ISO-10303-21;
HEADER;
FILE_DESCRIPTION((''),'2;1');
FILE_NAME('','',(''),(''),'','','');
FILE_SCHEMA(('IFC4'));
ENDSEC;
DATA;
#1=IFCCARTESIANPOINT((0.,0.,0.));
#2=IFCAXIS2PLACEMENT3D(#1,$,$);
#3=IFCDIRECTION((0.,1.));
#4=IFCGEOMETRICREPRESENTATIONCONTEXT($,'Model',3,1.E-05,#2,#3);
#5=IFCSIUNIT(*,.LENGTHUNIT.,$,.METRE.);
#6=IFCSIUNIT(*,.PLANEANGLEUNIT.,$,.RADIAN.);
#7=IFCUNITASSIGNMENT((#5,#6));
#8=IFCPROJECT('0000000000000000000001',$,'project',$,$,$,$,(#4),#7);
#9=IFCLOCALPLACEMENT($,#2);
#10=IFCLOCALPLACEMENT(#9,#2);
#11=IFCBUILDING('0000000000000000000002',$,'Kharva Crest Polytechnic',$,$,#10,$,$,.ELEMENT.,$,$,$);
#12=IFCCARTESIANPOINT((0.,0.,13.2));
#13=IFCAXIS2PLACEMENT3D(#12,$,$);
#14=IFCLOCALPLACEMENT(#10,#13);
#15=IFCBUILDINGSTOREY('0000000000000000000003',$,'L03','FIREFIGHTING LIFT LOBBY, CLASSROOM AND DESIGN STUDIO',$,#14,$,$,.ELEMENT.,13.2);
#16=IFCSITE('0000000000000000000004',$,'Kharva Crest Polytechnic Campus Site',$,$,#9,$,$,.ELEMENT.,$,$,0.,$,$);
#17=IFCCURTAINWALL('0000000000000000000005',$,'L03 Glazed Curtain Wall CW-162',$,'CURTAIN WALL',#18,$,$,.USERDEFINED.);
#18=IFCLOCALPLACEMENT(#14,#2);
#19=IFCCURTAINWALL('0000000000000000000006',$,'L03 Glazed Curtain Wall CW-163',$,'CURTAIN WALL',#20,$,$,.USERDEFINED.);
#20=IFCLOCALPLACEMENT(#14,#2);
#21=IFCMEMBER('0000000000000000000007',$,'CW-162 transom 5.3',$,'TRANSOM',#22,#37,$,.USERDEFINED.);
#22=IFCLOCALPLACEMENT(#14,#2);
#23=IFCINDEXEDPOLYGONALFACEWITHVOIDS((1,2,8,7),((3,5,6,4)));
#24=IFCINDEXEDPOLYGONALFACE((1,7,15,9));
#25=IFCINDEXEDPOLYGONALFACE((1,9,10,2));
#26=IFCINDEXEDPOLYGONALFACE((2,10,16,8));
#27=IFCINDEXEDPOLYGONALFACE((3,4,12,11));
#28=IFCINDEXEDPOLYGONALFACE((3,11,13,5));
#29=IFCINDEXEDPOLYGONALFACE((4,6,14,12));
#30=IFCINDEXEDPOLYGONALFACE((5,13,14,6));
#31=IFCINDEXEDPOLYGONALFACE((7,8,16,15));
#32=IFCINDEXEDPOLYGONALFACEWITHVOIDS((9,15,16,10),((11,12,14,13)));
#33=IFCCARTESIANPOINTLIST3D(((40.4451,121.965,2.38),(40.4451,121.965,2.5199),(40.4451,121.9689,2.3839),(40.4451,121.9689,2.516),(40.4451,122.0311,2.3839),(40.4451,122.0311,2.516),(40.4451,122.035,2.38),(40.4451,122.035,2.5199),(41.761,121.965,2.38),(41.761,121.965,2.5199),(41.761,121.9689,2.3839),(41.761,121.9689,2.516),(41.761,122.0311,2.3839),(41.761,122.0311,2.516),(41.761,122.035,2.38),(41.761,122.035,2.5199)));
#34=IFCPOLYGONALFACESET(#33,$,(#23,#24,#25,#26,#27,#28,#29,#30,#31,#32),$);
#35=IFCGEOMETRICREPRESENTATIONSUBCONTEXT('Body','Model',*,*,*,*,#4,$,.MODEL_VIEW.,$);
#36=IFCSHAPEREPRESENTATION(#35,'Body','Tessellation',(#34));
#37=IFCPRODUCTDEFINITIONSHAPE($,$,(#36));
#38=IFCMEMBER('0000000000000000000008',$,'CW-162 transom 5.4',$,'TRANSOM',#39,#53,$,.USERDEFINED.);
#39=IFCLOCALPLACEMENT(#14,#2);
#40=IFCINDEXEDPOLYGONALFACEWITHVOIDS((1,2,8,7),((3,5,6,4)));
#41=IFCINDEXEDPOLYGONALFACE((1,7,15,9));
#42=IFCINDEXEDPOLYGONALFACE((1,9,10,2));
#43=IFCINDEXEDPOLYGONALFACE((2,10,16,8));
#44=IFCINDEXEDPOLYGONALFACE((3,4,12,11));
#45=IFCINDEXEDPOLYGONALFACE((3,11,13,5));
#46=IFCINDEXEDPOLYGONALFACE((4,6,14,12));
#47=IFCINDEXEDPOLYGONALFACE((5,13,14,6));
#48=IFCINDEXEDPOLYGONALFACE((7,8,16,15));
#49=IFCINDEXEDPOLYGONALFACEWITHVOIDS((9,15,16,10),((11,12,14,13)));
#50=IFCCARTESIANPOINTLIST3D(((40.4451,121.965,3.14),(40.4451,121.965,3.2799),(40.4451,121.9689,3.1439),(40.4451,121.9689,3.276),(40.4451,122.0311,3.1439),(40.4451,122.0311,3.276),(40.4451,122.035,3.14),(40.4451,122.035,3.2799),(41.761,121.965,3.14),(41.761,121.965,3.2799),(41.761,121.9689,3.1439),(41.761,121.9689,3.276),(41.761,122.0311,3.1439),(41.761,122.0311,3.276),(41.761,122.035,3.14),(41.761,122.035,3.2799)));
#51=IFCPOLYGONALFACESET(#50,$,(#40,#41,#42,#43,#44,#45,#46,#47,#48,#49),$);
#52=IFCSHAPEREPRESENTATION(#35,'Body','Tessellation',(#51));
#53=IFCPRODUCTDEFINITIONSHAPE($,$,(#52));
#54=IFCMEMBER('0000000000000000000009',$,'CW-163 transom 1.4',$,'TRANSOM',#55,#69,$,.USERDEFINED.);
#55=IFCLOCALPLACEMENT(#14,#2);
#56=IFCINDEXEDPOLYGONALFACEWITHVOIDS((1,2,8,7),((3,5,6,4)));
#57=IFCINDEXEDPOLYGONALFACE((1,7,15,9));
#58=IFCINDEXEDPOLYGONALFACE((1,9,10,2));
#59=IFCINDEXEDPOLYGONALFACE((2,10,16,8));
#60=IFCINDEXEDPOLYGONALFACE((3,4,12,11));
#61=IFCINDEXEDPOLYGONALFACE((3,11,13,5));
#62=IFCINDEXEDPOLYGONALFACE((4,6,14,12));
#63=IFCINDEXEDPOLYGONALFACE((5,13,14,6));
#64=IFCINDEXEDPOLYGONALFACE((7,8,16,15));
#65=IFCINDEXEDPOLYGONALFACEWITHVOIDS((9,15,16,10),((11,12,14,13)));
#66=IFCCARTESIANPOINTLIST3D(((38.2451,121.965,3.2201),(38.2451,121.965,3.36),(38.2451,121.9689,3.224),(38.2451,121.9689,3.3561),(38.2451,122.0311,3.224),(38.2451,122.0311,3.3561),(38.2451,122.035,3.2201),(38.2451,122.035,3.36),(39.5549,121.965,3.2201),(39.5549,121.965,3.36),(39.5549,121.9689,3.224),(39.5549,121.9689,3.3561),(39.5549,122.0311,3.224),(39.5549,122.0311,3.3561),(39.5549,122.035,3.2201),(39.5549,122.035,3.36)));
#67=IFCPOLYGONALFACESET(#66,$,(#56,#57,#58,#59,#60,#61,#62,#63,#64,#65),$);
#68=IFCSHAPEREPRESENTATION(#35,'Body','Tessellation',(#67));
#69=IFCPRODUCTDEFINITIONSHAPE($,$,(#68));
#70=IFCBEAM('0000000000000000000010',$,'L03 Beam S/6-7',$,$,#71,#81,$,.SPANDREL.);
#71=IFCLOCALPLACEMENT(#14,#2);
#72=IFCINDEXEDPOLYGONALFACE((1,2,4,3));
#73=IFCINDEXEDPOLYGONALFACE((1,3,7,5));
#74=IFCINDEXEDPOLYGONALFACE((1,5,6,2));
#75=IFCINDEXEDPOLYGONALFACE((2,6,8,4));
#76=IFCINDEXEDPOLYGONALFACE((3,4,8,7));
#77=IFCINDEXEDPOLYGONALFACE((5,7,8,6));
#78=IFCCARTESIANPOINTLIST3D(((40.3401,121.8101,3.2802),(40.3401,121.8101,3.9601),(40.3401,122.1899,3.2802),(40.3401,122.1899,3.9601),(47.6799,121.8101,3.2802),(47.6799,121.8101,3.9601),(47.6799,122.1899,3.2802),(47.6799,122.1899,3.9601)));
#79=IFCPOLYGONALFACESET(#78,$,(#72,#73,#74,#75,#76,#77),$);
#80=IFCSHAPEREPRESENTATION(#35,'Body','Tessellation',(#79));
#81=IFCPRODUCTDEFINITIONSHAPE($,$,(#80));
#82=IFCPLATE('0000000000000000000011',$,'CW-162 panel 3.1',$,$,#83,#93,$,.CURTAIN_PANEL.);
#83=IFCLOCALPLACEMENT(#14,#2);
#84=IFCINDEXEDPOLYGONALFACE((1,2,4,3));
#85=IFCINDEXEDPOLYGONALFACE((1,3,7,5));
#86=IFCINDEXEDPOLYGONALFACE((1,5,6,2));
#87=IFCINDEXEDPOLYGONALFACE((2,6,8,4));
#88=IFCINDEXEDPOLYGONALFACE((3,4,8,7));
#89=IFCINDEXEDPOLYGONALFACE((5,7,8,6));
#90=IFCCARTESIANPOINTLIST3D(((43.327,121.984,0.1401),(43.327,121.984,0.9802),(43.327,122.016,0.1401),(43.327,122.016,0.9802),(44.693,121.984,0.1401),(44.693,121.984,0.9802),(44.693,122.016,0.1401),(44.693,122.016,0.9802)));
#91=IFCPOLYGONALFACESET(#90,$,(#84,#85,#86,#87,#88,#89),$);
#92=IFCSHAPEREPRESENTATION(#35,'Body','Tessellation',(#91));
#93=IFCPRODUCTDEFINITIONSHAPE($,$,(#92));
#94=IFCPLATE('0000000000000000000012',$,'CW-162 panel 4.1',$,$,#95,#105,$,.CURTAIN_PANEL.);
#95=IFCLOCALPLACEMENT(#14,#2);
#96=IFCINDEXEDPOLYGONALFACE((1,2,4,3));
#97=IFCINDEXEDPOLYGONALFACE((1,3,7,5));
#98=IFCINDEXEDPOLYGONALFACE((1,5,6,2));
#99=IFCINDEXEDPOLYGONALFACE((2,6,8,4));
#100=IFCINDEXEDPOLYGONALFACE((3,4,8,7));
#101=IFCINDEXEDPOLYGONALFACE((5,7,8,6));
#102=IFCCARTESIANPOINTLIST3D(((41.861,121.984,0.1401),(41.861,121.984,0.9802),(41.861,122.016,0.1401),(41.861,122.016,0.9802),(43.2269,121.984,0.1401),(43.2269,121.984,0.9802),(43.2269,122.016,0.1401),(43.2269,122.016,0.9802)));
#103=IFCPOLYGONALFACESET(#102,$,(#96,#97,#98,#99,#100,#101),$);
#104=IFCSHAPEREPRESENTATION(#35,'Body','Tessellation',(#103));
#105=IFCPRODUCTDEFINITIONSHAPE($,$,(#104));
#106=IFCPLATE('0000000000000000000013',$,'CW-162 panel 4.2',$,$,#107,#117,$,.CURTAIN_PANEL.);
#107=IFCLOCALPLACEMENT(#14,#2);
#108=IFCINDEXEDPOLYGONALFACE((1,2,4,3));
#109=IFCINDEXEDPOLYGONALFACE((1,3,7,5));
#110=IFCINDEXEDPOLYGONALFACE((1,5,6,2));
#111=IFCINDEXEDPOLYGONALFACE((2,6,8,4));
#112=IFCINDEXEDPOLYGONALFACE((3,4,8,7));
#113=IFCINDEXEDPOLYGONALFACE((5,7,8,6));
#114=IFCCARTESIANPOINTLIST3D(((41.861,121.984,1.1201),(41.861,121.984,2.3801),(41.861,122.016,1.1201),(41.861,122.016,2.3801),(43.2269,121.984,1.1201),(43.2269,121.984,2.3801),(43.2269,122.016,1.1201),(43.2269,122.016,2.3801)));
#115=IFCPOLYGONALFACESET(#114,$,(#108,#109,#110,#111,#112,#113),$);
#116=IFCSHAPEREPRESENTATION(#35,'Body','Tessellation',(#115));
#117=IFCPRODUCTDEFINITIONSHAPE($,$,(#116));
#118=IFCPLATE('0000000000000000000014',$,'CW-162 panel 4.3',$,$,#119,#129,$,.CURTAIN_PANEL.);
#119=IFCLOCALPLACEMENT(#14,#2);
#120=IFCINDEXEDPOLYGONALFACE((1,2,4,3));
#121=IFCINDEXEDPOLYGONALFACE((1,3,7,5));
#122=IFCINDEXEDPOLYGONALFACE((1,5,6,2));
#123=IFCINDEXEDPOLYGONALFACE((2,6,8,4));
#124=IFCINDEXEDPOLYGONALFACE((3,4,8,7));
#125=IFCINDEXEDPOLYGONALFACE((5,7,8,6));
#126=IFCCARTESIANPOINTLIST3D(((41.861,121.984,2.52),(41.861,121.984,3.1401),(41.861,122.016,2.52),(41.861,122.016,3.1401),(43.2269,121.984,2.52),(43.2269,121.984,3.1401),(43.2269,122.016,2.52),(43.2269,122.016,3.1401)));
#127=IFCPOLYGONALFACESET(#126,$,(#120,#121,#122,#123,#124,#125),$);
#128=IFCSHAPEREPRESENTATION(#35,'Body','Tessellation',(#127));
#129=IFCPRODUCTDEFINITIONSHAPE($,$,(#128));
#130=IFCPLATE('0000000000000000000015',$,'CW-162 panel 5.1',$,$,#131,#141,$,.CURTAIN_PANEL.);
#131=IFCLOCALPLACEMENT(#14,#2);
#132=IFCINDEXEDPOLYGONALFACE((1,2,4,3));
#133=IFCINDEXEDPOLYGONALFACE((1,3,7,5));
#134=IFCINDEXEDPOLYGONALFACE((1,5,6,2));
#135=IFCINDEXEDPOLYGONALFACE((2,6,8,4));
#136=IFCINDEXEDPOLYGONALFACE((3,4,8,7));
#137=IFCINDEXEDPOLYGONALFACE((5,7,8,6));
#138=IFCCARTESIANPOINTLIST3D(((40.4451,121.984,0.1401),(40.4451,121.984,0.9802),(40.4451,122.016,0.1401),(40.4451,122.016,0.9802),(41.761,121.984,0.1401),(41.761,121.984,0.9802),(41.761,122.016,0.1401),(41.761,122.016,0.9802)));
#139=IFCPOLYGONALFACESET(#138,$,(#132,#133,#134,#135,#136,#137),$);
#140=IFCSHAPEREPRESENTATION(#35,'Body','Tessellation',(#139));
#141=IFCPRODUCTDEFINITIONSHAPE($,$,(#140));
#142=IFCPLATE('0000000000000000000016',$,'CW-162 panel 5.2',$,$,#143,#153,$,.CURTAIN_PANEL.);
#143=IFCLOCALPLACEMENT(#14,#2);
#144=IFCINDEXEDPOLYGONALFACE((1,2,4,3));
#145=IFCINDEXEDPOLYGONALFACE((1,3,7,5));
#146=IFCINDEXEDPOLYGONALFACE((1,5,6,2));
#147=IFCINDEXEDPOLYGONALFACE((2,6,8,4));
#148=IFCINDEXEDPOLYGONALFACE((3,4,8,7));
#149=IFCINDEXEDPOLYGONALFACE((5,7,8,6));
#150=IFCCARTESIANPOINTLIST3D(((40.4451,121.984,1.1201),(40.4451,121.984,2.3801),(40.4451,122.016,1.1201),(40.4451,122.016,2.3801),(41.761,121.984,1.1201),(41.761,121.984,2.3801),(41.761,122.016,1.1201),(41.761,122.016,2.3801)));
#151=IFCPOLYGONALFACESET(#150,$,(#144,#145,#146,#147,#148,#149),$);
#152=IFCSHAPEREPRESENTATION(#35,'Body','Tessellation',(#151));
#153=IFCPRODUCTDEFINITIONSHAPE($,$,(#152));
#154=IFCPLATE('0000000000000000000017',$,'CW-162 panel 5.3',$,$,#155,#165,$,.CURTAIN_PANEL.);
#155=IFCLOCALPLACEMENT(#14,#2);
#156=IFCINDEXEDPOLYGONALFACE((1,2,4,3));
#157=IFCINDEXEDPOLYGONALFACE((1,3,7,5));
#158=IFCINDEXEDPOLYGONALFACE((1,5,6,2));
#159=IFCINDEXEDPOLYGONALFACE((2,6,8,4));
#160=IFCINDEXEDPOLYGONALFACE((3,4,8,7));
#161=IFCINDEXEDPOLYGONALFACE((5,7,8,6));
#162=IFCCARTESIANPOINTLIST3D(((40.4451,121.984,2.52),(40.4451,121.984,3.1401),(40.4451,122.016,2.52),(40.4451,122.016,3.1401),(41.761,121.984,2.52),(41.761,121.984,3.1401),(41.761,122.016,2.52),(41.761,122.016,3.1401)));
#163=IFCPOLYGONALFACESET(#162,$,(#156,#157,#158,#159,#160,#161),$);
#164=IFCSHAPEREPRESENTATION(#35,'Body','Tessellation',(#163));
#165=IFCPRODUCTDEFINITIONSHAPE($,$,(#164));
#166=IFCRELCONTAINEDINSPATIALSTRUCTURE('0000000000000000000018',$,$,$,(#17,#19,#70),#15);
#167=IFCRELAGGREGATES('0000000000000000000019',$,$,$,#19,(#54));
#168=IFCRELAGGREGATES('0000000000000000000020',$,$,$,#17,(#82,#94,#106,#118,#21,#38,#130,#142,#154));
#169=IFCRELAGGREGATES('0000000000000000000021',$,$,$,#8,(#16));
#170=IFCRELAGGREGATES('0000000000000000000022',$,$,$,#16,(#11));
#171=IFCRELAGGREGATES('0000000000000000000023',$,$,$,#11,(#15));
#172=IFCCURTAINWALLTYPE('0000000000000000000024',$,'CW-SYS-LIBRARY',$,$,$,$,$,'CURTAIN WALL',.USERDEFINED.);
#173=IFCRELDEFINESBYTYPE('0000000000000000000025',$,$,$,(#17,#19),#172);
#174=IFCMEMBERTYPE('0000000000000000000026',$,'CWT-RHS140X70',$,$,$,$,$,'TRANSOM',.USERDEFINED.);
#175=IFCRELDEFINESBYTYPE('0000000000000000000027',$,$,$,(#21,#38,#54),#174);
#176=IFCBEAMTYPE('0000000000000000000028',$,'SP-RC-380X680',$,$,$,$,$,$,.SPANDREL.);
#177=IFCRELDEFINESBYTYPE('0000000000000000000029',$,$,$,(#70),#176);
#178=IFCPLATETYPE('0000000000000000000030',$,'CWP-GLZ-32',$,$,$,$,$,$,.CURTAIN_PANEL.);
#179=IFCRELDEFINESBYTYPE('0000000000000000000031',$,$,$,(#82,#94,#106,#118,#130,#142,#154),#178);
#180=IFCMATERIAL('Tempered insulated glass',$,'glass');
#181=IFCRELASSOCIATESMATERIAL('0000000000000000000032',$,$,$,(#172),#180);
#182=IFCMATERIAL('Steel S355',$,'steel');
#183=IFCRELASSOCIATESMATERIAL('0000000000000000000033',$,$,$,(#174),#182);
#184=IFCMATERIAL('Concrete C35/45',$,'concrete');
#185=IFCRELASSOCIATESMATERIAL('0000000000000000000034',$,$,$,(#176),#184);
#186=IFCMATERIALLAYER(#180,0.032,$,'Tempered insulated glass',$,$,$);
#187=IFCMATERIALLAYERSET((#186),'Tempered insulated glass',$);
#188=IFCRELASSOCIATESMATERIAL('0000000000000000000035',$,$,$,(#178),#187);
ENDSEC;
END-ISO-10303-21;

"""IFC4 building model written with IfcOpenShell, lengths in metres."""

from ifc_helpers import new_model, si_unit, direction, frame, origin, origin_2d, place, context, subcontext, project, spatial, rectangle, hollow_rectangle, extrude, material, layer, layer_set, material_profile, profile_set, type_object, element, aggregate, save


model = new_model("IFC4")

# Units and contexts
model_context = context("Model", 3, precision=1e-05, world=origin(), true_north=direction((0.0, 1.0)))
body_context = subcontext(model_context, "Body", "Model", "MODEL_VIEW")
ifc_project = project(units=[si_unit("LENGTHUNIT", "METRE"), si_unit("PLANEANGLEUNIT", "RADIAN")], contexts=[model_context])

# Site, building, storey
site_placement = place(None, origin())
site = spatial("IfcSite", under=ifc_project, at=site_placement, Name="Kharva Crest Polytechnic Campus Site", CompositionType="ELEMENT", RefElevation=0.0)
building_placement = place(site_placement, origin())
building = spatial("IfcBuilding", under=site, at=building_placement, Name="Kharva Crest Polytechnic", CompositionType="ELEMENT")
storey_placement = place(building_placement, frame((0.0, 0.0, 13.2)))
storey = spatial("IfcBuildingStorey", under=building, at=storey_placement, Name="L03", Description="FIREFIGHTING LIFT LOBBY, CLASSROOM AND DESIGN STUDIO", CompositionType="ELEMENT", Elevation=13.2)

# Curtain wall
ifc_material_1 = material(Name="Tempered insulated glass", Category="glass")
curtain_wall_type = type_object("IfcCurtainWallType", Name="CW-SYS-LIBRARY", ElementType="CURTAIN WALL", PredefinedType="USERDEFINED", material=ifc_material_1)
curtain_wall_1_placement = place(storey_placement, origin())
curtain_wall_1 = element("IfcCurtainWall", 1, at=curtain_wall_1_placement, inside=storey, type_object=curtain_wall_type, Name="L03 Glazed Curtain Wall CW-162", ObjectType="CURTAIN WALL", PredefinedType="USERDEFINED")
ifc_material_2 = material(Name="Steel S355", Category="steel")

# Curtain wall
curtain_wall_2_placement = place(storey_placement, origin())
curtain_wall_2 = element("IfcCurtainWall", 2, at=curtain_wall_2_placement, inside=storey, type_object=curtain_wall_type, Name="L03 Glazed Curtain Wall CW-163", ObjectType="CURTAIN WALL", PredefinedType="USERDEFINED")

# Members
ifc_material_profile_1 = material_profile(ifc_material_2, hollow_rectangle(XDim=0.0701, YDim=0.1399, WallThickness=0.0039, at=origin_2d()), Name="RHS 140X70X4.0")
ifc_profile_set_1 = profile_set([ifc_material_profile_1], Name="Steel S355")
member_type_1 = type_object("IfcMemberType", Name="CWT-RHS140X70", ElementType="TRANSOM", PredefinedType="USERDEFINED", material=ifc_profile_set_1)
member_1_placement = place(storey_placement, frame((41.761, 122.0, 2.45), z_axis=(-1.0, 0.0, 0.0), x_axis=(0.0, -1.0, 0.0)))
member_1 = element("IfcMember", 3, at=member_1_placement, type_object=member_type_1, Name="CW-162 transom 5.3", ObjectType="TRANSOM", PredefinedType="USERDEFINED", context=body_context, shape_type="SweptSolid", body=[
    extrude(hollow_rectangle(XDim=0.0701, YDim=0.1399, WallThickness=0.0039, at=origin_2d()), origin(), (0.0, 0.0, 1.0), 1.3159),
])
member_2_placement = place(storey_placement, frame((41.761, 122.0, 3.21), z_axis=(-1.0, 0.0, 0.0), x_axis=(0.0, -1.0, 0.0)))
member_2 = element("IfcMember", 4, at=member_2_placement, type_object=member_type_1, Name="CW-162 transom 5.4", ObjectType="TRANSOM", PredefinedType="USERDEFINED", context=body_context, shape_type="SweptSolid", body=[
    extrude(hollow_rectangle(XDim=0.0701, YDim=0.1399, WallThickness=0.0039, at=origin_2d()), origin(), (0.0, 0.0, 1.0), 1.3159),
])
member_3_placement = place(storey_placement, frame((39.5549, 122.0, 3.29), z_axis=(-1.0, 0.0, 0.0), x_axis=(0.0, -1.0, 0.0)))
member_3 = element("IfcMember", 5, at=member_3_placement, type_object=member_type_1, Name="CW-163 transom 1.4", ObjectType="TRANSOM", PredefinedType="USERDEFINED", context=body_context, shape_type="SweptSolid", body=[
    extrude(hollow_rectangle(XDim=0.0701, YDim=0.1399, WallThickness=0.0039, at=origin_2d()), origin(), (0.0, 0.0, 1.0), 1.3098),
])
aggregate(curtain_wall_2, [member_3])

# Beam
ifc_material_3 = material(Name="Concrete C35/45", Category="concrete")
ifc_material_profile_2 = material_profile(ifc_material_3, rectangle(XDim=0.3799, YDim=0.6799, at=origin_2d()), Name="RECT 380 X 680")
ifc_profile_set_2 = profile_set([ifc_material_profile_2], Name="Concrete C35/45")
beam_type = type_object("IfcBeamType", Name="SP-RC-380X680", PredefinedType="SPANDREL", material=ifc_profile_set_2)
beam_placement = place(storey_placement, frame((40.3401, 122.0, 3.6201), z_axis=(1.0, 0.0, 0.0), x_axis=(0.0, 1.0, 0.0)))
element("IfcBeam", 6, at=beam_placement, inside=storey, type_object=beam_type, Name="L03 Beam S/6-7", PredefinedType="SPANDREL", context=body_context, shape_type="SweptSolid", body=[
    extrude(rectangle(XDim=0.3799, YDim=0.6799, at=origin_2d()), origin(), (0.0, 0.0, 1.0), 7.3398),
])

# Plates
ifc_layer = layer(ifc_material_1, 0.032, Name="Tempered insulated glass")
ifc_layer_set = layer_set([ifc_layer], Name="Tempered insulated glass")
plate_type = type_object("IfcPlateType", Name="CWP-GLZ-32", PredefinedType="CURTAIN_PANEL", material=ifc_layer_set)
plate_1_placement = place(storey_placement, frame((44.01, 122.0, 0.1401), z_axis=(0.0, 0.0, 1.0), x_axis=(-1.0, 0.0, 0.0)))
plate_1 = element("IfcPlate", 7, at=plate_1_placement, type_object=plate_type, Name="CW-162 panel 3.1", PredefinedType="CURTAIN_PANEL", context=body_context, shape_type="SweptSolid", body=[
    extrude(rectangle(XDim=1.366, YDim=0.032, at=origin_2d()), origin(), (0.0, 0.0, 1.0), 0.8401),
])
plate_2_placement = place(storey_placement, frame((42.5439, 122.0, 0.1401), z_axis=(0.0, 0.0, 1.0), x_axis=(-1.0, 0.0, 0.0)))
plate_2 = element("IfcPlate", 8, at=plate_2_placement, type_object=plate_type, Name="CW-162 panel 4.1", PredefinedType="CURTAIN_PANEL", context=body_context, shape_type="SweptSolid", body=[
    extrude(rectangle(XDim=1.366, YDim=0.032, at=origin_2d()), origin(), (0.0, 0.0, 1.0), 0.8401),
])
plate_3_placement = place(storey_placement, frame((42.5439, 122.0, 1.1201), z_axis=(0.0, 0.0, 1.0), x_axis=(-1.0, 0.0, 0.0)))
plate_3 = element("IfcPlate", 9, at=plate_3_placement, type_object=plate_type, Name="CW-162 panel 4.2", PredefinedType="CURTAIN_PANEL", context=body_context, shape_type="SweptSolid", body=[
    extrude(rectangle(XDim=1.366, YDim=0.032, at=origin_2d()), origin(), (0.0, 0.0, 1.0), 1.26),
])
plate_4_placement = place(storey_placement, frame((42.5439, 122.0, 2.52), z_axis=(0.0, 0.0, 1.0), x_axis=(-1.0, 0.0, 0.0)))
plate_4 = element("IfcPlate", 10, at=plate_4_placement, type_object=plate_type, Name="CW-162 panel 4.3", PredefinedType="CURTAIN_PANEL", context=body_context, shape_type="SweptSolid", body=[
    extrude(rectangle(XDim=1.366, YDim=0.032, at=origin_2d()), origin(), (0.0, 0.0, 1.0), 0.6201),
])
plate_5_placement = place(storey_placement, frame((41.103, 122.0, 0.1401), z_axis=(0.0, 0.0, 1.0), x_axis=(-1.0, 0.0, 0.0)))
plate_5 = element("IfcPlate", 11, at=plate_5_placement, type_object=plate_type, Name="CW-162 panel 5.1", PredefinedType="CURTAIN_PANEL", context=body_context, shape_type="SweptSolid", body=[
    extrude(rectangle(XDim=1.3159, YDim=0.032, at=origin_2d()), origin(), (0.0, 0.0, 1.0), 0.8401),
])
plate_6_placement = place(storey_placement, frame((41.103, 122.0, 1.1201), z_axis=(0.0, 0.0, 1.0), x_axis=(-1.0, 0.0, 0.0)))
plate_6 = element("IfcPlate", 12, at=plate_6_placement, type_object=plate_type, Name="CW-162 panel 5.2", PredefinedType="CURTAIN_PANEL", context=body_context, shape_type="SweptSolid", body=[
    extrude(rectangle(XDim=1.3159, YDim=0.032, at=origin_2d()), origin(), (0.0, 0.0, 1.0), 1.26),
])
plate_7_placement = place(storey_placement, frame((41.103, 122.0, 2.52), z_axis=(0.0, 0.0, 1.0), x_axis=(-1.0, 0.0, 0.0)))
plate_7 = element("IfcPlate", 13, at=plate_7_placement, type_object=plate_type, Name="CW-162 panel 5.3", PredefinedType="CURTAIN_PANEL", context=body_context, shape_type="SweptSolid", body=[
    extrude(rectangle(XDim=1.3159, YDim=0.032, at=origin_2d()), origin(), (0.0, 0.0, 1.0), 0.6201),
])
aggregate(curtain_wall_1, [plate_1, plate_2, plate_3, plate_4, member_1, member_2, plate_5, plate_6, plate_7])

save(model, "model.ifc")
